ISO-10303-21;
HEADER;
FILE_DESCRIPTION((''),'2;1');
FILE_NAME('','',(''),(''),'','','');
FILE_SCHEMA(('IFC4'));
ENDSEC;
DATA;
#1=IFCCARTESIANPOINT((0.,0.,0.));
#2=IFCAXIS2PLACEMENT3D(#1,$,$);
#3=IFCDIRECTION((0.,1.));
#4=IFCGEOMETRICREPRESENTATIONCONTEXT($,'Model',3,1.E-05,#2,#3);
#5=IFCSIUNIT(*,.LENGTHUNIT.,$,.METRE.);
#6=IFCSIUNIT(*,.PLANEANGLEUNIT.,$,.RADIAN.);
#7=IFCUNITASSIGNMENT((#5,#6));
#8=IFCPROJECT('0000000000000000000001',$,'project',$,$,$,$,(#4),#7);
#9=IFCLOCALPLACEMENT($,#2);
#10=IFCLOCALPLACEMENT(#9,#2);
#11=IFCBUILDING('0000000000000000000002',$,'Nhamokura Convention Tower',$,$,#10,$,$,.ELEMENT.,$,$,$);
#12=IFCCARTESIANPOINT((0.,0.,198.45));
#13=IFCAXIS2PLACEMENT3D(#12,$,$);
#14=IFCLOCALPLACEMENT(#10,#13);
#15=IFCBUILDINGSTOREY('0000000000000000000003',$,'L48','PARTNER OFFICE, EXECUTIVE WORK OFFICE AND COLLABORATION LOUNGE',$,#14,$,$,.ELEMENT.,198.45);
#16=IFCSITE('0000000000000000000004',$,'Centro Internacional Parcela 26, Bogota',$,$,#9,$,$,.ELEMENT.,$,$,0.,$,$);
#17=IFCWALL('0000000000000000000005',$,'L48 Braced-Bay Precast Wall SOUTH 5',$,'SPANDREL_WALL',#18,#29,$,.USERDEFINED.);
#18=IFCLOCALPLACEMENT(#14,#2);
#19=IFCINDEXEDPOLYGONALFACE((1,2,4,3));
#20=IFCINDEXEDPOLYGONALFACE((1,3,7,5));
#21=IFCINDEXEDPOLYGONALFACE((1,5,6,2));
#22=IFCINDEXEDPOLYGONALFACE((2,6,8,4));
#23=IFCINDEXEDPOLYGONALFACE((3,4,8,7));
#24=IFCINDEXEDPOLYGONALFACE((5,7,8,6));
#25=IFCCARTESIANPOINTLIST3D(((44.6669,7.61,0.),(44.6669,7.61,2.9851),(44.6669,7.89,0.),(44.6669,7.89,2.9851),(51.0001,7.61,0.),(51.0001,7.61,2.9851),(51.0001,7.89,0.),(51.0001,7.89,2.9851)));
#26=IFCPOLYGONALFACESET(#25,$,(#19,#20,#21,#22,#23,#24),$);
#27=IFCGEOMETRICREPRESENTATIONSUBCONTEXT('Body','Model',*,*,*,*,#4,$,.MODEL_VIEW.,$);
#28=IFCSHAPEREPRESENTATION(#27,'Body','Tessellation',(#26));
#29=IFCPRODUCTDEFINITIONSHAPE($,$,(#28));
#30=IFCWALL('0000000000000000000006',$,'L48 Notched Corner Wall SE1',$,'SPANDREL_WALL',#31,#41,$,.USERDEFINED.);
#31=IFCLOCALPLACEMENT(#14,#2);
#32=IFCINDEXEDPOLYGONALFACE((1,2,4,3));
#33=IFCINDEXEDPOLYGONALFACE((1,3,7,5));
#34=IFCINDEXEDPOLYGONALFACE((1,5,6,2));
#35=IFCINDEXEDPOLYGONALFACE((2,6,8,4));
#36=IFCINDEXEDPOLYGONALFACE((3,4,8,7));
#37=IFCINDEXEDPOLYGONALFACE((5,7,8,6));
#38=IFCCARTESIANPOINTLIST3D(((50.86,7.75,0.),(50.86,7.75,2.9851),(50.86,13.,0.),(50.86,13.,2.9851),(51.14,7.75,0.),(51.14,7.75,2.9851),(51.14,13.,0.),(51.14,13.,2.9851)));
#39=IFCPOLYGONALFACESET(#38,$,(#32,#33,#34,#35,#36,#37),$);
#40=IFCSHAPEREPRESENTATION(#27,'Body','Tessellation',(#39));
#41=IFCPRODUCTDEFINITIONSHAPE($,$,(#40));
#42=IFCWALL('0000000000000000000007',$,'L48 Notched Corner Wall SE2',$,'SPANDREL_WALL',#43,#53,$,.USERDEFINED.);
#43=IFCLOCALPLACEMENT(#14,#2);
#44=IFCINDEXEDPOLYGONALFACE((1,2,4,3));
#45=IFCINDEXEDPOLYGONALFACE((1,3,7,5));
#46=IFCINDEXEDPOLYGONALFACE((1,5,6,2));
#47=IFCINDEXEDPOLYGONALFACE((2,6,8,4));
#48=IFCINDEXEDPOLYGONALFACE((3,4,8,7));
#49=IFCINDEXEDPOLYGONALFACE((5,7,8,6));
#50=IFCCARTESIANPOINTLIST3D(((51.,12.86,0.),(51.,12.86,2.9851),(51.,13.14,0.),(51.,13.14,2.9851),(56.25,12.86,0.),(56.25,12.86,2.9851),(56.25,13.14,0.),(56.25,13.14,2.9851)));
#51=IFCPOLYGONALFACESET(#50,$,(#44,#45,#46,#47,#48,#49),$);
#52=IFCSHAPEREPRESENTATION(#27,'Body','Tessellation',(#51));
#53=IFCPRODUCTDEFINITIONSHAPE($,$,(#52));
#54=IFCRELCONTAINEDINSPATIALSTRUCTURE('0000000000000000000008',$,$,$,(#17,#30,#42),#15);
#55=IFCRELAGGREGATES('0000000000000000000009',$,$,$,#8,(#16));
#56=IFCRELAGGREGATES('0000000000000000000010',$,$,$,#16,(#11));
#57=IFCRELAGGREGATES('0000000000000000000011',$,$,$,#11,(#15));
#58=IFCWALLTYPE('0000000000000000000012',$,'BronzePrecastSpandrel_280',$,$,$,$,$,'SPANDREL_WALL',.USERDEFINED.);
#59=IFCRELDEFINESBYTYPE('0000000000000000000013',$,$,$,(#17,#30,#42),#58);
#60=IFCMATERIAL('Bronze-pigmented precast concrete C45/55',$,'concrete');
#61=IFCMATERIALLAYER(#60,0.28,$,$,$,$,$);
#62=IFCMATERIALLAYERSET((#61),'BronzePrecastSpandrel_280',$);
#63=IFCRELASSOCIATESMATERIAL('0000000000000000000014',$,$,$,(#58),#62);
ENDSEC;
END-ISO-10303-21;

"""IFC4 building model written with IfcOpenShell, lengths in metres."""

from ifc_helpers import new_model, si_unit, direction, frame, frame_2d, origin, place, context, subcontext, project, spatial, rectangle, extrude, material, layer, layer_set, type_object, element, save


model = new_model("IFC4")

# Units and contexts
model_context = context("Model", 3, precision=1e-05, world=origin(), true_north=direction((0.0, 1.0)))
body_context = subcontext(model_context, "Body", "Model", "MODEL_VIEW")
ifc_project = project(units=[si_unit("LENGTHUNIT", "METRE"), si_unit("PLANEANGLEUNIT", "RADIAN")], contexts=[model_context])

# Site, building, storey
site_placement = place(None, origin())
site = spatial("IfcSite", under=ifc_project, at=site_placement, Name="Centro Internacional Parcela 26, Bogota", CompositionType="ELEMENT", RefElevation=0.0)
building_placement = place(site_placement, origin())
building = spatial("IfcBuilding", under=site, at=building_placement, Name="Nhamokura Convention Tower", CompositionType="ELEMENT")
storey_placement = place(building_placement, frame((0.0, 0.0, 198.45)))
storey = spatial("IfcBuildingStorey", under=building, at=storey_placement, Name="L48", Description="PARTNER OFFICE, EXECUTIVE WORK OFFICE AND COLLABORATION LOUNGE", CompositionType="ELEMENT", Elevation=198.45)

# Shared definitions
ifc_material_1 = material(Name="Bronze-pigmented precast concrete C45/55", Category="concrete")
ifc_layer = layer(ifc_material_1, 0.28)
ifc_layer_set = layer_set([ifc_layer], Name="BronzePrecastSpandrel_280")
wall_type = type_object("IfcWallType", Name="BronzePrecastSpandrel_280", ElementType="SPANDREL_WALL", PredefinedType="USERDEFINED", material=ifc_layer_set)

# Walls
wall_1_placement = place(storey_placement, frame((51.0, 7.75, 0.0), z_axis=(0.0, 0.0, 1.0), x_axis=(-1.0, 0.0, 0.0)))
element("IfcWall", 1, at=wall_1_placement, inside=storey, type_object=wall_type, Name="L48 Braced-Bay Precast Wall SOUTH 5", ObjectType="SPANDREL_WALL", PredefinedType="USERDEFINED", context=body_context, shape_type="SweptSolid", body=[
    extrude(rectangle(XDim=6.3333, YDim=0.28, at=frame_2d((3.1665, 0.0))), origin(), (0.0, 0.0, 1.0), 2.9851),
])
for number, where, z_axis, x_axis, name in (
    (2, (51.0, 13.0, 0.0), (0.0, 0.0, 1.0), (0.0, -1.0, 0.0), "L48 Notched Corner Wall SE1"),
    (3, (56.25, 13.0, 0.0), (0.0, 0.0, 1.0), (-1.0, 0.0, 0.0), "L48 Notched Corner Wall SE2"),
):
    element("IfcWall", number, at=place(storey_placement, frame(where, z_axis=z_axis, x_axis=x_axis)), inside=storey, type_object=wall_type, Name=name, ObjectType="SPANDREL_WALL", PredefinedType="USERDEFINED", context=body_context, shape_type="SweptSolid", body=[
        extrude(rectangle(XDim=5.25, YDim=0.28, at=frame_2d((2.625, 0.0))), origin(), (0.0, 0.0, 1.0), 2.9851),
    ])

save(model, "model.ifc")
